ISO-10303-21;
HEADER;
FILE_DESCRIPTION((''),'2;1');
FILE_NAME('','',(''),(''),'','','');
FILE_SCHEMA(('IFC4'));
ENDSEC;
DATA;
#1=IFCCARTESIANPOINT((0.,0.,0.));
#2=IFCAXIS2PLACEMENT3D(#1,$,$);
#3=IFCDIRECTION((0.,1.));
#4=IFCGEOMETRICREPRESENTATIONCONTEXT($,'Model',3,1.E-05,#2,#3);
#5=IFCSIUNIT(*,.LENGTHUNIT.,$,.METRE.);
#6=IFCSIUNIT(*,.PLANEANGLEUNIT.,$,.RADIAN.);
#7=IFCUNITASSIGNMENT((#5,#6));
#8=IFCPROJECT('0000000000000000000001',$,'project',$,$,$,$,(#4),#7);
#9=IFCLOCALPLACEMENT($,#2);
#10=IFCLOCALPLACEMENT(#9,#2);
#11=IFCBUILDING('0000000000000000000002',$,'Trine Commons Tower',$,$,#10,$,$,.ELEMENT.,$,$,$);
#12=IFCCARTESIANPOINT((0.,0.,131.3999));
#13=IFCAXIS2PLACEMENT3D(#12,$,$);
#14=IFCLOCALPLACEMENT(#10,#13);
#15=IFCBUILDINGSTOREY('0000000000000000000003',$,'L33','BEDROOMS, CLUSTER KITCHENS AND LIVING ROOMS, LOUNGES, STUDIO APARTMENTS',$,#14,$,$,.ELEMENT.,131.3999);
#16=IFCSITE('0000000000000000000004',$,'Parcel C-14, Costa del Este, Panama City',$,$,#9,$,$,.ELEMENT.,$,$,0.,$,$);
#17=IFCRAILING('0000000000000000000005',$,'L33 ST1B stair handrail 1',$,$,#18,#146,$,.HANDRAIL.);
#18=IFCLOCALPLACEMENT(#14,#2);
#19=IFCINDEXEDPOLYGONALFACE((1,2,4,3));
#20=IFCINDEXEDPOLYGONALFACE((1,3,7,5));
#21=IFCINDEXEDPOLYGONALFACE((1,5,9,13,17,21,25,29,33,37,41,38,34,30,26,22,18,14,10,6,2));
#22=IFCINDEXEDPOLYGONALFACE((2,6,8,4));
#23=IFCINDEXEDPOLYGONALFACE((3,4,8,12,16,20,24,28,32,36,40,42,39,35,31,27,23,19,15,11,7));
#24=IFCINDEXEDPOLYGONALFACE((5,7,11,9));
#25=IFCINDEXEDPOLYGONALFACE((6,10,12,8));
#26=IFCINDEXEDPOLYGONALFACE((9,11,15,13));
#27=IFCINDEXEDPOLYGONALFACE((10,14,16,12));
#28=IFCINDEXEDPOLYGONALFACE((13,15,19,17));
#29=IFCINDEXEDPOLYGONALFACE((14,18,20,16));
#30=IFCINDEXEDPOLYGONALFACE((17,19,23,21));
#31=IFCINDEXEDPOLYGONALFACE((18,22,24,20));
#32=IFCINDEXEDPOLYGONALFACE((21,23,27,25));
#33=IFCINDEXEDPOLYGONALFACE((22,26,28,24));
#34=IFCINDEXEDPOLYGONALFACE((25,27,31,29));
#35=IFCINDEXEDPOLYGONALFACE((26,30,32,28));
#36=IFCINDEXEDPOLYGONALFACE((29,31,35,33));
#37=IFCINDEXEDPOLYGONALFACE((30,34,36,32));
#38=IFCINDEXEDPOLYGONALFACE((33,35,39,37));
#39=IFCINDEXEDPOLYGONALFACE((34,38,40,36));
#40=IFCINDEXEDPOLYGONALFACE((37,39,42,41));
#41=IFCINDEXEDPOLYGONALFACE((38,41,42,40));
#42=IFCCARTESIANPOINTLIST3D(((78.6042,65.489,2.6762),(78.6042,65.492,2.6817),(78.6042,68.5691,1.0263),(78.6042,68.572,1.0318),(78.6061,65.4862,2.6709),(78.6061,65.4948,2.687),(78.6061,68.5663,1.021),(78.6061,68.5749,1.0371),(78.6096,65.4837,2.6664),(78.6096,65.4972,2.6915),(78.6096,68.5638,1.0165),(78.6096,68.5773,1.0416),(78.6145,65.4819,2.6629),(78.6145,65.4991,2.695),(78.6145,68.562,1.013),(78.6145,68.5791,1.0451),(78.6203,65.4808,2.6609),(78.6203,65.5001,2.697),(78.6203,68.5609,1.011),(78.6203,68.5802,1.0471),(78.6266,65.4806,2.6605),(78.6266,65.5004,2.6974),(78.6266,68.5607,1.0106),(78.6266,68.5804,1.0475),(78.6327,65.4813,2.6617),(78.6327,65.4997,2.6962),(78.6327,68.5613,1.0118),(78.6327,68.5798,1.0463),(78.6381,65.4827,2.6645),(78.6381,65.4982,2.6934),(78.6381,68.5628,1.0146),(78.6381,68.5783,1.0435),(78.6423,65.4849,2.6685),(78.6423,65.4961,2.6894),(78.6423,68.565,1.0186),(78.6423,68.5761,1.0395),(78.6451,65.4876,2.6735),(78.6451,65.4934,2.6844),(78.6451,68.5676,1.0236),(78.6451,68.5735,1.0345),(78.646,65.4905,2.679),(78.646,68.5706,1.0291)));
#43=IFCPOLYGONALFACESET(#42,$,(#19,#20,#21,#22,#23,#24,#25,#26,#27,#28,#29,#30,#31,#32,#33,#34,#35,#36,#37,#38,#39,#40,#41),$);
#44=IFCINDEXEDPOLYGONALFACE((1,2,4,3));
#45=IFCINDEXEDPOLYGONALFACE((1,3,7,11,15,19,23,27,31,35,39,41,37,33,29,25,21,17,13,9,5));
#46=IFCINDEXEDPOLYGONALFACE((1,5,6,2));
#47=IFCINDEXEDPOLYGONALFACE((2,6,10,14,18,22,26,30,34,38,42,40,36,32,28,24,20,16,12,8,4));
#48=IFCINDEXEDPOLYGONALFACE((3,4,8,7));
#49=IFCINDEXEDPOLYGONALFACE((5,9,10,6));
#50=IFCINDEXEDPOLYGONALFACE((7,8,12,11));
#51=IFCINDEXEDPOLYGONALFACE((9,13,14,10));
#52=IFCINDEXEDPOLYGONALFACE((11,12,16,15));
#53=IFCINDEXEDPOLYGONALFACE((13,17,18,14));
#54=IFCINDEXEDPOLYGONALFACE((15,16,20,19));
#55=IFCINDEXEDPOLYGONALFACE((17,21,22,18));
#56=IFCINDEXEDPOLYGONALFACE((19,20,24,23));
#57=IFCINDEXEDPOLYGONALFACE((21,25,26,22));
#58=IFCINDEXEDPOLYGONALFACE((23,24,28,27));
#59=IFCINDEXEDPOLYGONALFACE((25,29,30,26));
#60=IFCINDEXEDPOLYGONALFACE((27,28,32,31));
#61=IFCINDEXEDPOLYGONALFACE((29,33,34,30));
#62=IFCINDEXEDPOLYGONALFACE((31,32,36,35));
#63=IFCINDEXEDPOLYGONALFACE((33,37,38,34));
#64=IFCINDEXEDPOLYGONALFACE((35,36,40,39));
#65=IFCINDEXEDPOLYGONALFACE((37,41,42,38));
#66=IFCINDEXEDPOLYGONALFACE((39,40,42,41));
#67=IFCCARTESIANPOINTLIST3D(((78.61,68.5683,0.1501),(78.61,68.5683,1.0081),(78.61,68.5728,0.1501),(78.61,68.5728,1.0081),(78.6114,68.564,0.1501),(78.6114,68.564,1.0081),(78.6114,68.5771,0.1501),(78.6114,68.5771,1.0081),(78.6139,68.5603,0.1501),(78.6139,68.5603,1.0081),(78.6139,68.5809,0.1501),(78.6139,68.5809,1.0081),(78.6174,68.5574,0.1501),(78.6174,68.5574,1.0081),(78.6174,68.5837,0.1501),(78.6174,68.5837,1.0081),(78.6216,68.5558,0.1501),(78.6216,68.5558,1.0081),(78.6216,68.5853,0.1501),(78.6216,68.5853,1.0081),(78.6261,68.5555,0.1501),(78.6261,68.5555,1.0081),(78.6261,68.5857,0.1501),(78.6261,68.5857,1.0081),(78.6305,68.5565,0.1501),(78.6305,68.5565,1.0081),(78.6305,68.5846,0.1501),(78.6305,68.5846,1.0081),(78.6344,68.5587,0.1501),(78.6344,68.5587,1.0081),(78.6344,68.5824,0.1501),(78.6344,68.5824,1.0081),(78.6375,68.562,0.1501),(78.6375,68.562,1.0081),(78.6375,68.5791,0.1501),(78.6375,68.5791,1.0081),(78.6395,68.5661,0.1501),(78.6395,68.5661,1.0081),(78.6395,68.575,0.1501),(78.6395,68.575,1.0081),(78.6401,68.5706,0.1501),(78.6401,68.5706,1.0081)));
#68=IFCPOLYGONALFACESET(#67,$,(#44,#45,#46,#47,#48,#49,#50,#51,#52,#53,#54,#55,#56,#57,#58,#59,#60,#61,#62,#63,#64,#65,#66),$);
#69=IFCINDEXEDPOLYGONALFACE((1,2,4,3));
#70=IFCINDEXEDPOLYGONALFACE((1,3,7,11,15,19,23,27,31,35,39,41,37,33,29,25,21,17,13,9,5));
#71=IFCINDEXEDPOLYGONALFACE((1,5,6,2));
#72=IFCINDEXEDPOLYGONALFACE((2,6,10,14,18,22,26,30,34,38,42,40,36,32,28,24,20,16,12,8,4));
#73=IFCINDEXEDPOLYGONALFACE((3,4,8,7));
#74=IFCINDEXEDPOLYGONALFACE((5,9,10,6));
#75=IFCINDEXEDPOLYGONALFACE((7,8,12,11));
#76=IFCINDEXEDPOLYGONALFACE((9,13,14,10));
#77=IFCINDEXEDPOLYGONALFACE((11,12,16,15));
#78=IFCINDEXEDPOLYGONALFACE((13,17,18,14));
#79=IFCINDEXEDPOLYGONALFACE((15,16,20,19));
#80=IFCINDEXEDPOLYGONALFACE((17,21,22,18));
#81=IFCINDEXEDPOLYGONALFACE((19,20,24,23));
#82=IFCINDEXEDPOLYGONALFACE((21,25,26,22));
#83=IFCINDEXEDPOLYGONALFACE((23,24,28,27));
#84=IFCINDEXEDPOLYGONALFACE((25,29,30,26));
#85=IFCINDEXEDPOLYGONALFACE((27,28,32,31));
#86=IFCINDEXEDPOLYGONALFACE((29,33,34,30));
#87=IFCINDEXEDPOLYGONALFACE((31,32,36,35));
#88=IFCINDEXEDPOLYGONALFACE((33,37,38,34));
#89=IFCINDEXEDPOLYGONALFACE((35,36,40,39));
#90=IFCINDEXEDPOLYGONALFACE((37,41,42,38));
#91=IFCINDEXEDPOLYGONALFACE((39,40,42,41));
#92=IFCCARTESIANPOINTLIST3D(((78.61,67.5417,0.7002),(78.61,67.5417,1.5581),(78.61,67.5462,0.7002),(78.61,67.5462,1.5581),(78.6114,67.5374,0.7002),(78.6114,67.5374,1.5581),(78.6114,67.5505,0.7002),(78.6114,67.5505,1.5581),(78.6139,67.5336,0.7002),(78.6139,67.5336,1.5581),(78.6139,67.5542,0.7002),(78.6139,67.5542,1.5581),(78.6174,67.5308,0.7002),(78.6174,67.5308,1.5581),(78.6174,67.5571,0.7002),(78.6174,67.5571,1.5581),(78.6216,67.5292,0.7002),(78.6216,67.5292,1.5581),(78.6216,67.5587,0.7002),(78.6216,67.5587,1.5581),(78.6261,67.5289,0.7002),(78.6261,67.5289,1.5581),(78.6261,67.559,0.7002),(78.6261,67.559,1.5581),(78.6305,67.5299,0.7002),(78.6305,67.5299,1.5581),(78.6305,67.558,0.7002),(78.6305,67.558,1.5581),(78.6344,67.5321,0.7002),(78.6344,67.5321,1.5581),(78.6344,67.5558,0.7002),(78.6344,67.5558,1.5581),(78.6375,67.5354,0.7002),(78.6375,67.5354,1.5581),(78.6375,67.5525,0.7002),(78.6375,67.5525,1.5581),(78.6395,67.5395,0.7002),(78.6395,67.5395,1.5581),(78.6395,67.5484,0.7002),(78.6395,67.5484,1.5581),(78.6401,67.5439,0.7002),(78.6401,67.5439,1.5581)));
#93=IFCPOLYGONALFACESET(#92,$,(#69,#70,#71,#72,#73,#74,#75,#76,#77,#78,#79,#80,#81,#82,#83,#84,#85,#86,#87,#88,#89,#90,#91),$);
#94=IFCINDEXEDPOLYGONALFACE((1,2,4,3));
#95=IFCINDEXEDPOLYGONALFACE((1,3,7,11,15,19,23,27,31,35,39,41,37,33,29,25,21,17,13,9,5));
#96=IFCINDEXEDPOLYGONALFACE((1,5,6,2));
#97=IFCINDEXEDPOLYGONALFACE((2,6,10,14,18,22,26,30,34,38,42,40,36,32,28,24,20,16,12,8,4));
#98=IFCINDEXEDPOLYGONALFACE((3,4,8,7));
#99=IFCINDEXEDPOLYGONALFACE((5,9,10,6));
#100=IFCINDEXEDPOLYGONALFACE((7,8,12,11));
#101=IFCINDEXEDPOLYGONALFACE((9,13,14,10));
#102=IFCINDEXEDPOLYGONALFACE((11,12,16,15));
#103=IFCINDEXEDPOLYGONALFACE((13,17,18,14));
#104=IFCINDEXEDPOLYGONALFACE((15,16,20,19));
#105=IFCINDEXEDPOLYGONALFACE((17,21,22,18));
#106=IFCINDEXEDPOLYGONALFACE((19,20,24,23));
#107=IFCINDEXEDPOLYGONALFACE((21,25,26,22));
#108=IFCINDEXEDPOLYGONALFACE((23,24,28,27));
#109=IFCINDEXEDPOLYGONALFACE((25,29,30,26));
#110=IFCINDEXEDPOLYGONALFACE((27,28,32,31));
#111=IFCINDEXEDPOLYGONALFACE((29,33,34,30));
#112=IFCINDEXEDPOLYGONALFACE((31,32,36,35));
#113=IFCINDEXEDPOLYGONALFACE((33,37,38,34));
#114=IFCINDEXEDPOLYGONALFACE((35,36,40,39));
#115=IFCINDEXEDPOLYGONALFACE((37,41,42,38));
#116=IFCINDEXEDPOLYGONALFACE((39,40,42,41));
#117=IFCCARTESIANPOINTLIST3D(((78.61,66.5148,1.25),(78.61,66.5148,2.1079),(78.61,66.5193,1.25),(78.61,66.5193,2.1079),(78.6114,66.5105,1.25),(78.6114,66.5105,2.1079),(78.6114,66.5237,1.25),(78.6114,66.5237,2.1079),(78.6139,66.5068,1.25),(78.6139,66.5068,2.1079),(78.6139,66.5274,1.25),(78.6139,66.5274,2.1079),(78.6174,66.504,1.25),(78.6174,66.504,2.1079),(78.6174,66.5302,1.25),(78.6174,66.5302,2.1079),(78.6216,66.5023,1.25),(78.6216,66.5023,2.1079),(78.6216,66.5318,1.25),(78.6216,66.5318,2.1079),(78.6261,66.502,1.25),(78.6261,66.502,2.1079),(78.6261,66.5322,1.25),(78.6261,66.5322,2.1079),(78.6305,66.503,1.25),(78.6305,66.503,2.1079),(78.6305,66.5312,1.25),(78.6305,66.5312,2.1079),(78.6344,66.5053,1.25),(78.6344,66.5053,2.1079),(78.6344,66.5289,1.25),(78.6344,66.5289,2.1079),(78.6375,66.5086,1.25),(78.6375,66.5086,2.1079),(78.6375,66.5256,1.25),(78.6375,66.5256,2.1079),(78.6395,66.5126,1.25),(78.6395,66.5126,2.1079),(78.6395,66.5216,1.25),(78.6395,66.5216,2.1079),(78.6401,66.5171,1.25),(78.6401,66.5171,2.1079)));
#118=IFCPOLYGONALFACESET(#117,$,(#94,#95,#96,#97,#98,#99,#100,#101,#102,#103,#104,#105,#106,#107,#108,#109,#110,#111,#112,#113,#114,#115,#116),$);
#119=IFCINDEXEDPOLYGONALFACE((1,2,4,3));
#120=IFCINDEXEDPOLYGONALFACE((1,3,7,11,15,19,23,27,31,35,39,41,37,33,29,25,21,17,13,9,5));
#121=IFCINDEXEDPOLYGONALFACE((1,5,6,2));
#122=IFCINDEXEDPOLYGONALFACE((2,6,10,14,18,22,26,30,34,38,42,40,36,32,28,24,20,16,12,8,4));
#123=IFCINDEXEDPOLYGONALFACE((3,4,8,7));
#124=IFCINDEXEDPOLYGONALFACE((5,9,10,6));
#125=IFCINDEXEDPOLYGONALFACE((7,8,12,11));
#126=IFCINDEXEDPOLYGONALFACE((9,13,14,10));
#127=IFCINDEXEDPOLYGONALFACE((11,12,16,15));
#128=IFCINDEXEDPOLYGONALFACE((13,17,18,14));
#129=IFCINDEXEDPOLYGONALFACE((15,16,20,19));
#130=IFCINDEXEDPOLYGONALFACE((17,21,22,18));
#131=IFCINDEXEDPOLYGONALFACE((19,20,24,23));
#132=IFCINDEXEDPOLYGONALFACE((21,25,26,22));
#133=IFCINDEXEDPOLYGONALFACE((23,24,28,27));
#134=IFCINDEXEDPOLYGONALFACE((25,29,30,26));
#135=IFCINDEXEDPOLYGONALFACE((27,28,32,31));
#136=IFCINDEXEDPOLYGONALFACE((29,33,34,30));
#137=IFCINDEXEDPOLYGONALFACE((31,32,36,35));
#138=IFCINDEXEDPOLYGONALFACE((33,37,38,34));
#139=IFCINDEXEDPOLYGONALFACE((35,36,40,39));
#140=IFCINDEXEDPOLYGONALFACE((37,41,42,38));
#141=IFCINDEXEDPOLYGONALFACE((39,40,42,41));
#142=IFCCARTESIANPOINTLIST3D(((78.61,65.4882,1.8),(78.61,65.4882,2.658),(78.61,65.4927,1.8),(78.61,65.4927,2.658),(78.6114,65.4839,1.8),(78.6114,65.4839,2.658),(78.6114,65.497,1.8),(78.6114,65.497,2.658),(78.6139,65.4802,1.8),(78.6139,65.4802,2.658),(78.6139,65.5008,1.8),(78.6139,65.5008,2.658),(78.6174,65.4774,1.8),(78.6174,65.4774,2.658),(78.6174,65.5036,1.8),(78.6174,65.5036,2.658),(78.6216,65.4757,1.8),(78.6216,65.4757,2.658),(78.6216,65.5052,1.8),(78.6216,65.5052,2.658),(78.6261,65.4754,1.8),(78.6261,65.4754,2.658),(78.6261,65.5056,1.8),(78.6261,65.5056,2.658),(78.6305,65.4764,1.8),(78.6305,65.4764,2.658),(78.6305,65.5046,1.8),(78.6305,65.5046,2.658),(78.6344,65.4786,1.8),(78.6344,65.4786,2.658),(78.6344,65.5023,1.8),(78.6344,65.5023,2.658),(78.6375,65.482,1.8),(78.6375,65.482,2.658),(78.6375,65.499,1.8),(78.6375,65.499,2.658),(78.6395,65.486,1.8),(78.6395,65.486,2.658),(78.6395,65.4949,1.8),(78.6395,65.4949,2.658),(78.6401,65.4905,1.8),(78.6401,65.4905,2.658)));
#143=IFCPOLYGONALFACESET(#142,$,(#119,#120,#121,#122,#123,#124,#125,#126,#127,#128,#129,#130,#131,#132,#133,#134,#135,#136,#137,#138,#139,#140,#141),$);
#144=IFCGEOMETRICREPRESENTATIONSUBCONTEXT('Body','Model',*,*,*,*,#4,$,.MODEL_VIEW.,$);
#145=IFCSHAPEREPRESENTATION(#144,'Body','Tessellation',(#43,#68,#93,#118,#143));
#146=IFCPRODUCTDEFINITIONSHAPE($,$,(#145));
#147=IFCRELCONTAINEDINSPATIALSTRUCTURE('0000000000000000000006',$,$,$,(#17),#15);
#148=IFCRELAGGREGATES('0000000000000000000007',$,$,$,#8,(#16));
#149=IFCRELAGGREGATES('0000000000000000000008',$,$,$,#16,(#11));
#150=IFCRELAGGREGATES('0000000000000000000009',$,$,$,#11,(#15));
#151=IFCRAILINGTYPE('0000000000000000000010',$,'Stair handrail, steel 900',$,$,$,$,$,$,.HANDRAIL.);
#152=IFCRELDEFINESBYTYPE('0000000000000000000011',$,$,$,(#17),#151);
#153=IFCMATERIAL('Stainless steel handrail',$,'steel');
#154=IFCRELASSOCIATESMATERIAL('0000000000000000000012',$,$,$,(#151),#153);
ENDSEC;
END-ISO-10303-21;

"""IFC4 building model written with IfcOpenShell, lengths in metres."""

from ifc_helpers import new_model, si_unit, direction, frame, origin, origin_2d, place, context, subcontext, project, spatial, circle, extrude, material, type_object, element, save


model = new_model("IFC4")

# Units and contexts
model_context = context("Model", 3, precision=1e-05, world=origin(), true_north=direction((0.0, 1.0)))
body_context = subcontext(model_context, "Body", "Model", "MODEL_VIEW")
ifc_project = project(units=[si_unit("LENGTHUNIT", "METRE"), si_unit("PLANEANGLEUNIT", "RADIAN")], contexts=[model_context])

# Site, building, storey
site_placement = place(None, origin())
site = spatial("IfcSite", under=ifc_project, at=site_placement, Name="Parcel C-14, Costa del Este, Panama City", CompositionType="ELEMENT", RefElevation=0.0)
building_placement = place(site_placement, origin())
building = spatial("IfcBuilding", under=site, at=building_placement, Name="Trine Commons Tower", CompositionType="ELEMENT")
storey_placement = place(building_placement, frame((0.0, 0.0, 131.3999)))
storey = spatial("IfcBuildingStorey", under=building, at=storey_placement, Name="L33", Description="BEDROOMS, CLUSTER KITCHENS AND LIVING ROOMS, LOUNGES, STUDIO APARTMENTS", CompositionType="ELEMENT", Elevation=131.3999)

# Railing
ifc_material_1 = material(Name="Stainless steel handrail", Category="steel")
railing_type = type_object("IfcRailingType", Name="Stair handrail, steel 900", PredefinedType="HANDRAIL", material=ifc_material_1)
railing_placement = place(storey_placement, frame((78.625, 68.5706, 0.1501)))
element("IfcRailing", 1, at=railing_placement, inside=storey, type_object=railing_type, Name="L33 ST1B stair handrail 1", PredefinedType="HANDRAIL", context=body_context, shape_type="SweptSolid", body=[
    extrude(circle(Radius=0.021, at=origin_2d()), frame((0.0, 0.0, 0.8789), z_axis=(0.0, -0.881497, 0.47219), x_axis=(1.0, 0.0, 0.0)), (0.0, 0.0, 1.0), 3.4941),
    extrude(circle(Radius=0.0151, at=origin_2d()), origin(), (0.0, 0.0, 1.0), 0.8579),
    extrude(circle(Radius=0.0151, at=origin_2d()), frame((0.0, -1.0266, 0.55)), (0.0, 0.0, 1.0), 0.8579),
    extrude(circle(Radius=0.0151, at=origin_2d()), frame((0.0, -2.0535, 1.0999)), (0.0, 0.0, 1.0), 0.8579),
    extrude(circle(Radius=0.0151, at=origin_2d()), frame((0.0, -3.0801, 1.6499)), (0.0, 0.0, 1.0), 0.8579),
])

save(model, "model.ifc")
